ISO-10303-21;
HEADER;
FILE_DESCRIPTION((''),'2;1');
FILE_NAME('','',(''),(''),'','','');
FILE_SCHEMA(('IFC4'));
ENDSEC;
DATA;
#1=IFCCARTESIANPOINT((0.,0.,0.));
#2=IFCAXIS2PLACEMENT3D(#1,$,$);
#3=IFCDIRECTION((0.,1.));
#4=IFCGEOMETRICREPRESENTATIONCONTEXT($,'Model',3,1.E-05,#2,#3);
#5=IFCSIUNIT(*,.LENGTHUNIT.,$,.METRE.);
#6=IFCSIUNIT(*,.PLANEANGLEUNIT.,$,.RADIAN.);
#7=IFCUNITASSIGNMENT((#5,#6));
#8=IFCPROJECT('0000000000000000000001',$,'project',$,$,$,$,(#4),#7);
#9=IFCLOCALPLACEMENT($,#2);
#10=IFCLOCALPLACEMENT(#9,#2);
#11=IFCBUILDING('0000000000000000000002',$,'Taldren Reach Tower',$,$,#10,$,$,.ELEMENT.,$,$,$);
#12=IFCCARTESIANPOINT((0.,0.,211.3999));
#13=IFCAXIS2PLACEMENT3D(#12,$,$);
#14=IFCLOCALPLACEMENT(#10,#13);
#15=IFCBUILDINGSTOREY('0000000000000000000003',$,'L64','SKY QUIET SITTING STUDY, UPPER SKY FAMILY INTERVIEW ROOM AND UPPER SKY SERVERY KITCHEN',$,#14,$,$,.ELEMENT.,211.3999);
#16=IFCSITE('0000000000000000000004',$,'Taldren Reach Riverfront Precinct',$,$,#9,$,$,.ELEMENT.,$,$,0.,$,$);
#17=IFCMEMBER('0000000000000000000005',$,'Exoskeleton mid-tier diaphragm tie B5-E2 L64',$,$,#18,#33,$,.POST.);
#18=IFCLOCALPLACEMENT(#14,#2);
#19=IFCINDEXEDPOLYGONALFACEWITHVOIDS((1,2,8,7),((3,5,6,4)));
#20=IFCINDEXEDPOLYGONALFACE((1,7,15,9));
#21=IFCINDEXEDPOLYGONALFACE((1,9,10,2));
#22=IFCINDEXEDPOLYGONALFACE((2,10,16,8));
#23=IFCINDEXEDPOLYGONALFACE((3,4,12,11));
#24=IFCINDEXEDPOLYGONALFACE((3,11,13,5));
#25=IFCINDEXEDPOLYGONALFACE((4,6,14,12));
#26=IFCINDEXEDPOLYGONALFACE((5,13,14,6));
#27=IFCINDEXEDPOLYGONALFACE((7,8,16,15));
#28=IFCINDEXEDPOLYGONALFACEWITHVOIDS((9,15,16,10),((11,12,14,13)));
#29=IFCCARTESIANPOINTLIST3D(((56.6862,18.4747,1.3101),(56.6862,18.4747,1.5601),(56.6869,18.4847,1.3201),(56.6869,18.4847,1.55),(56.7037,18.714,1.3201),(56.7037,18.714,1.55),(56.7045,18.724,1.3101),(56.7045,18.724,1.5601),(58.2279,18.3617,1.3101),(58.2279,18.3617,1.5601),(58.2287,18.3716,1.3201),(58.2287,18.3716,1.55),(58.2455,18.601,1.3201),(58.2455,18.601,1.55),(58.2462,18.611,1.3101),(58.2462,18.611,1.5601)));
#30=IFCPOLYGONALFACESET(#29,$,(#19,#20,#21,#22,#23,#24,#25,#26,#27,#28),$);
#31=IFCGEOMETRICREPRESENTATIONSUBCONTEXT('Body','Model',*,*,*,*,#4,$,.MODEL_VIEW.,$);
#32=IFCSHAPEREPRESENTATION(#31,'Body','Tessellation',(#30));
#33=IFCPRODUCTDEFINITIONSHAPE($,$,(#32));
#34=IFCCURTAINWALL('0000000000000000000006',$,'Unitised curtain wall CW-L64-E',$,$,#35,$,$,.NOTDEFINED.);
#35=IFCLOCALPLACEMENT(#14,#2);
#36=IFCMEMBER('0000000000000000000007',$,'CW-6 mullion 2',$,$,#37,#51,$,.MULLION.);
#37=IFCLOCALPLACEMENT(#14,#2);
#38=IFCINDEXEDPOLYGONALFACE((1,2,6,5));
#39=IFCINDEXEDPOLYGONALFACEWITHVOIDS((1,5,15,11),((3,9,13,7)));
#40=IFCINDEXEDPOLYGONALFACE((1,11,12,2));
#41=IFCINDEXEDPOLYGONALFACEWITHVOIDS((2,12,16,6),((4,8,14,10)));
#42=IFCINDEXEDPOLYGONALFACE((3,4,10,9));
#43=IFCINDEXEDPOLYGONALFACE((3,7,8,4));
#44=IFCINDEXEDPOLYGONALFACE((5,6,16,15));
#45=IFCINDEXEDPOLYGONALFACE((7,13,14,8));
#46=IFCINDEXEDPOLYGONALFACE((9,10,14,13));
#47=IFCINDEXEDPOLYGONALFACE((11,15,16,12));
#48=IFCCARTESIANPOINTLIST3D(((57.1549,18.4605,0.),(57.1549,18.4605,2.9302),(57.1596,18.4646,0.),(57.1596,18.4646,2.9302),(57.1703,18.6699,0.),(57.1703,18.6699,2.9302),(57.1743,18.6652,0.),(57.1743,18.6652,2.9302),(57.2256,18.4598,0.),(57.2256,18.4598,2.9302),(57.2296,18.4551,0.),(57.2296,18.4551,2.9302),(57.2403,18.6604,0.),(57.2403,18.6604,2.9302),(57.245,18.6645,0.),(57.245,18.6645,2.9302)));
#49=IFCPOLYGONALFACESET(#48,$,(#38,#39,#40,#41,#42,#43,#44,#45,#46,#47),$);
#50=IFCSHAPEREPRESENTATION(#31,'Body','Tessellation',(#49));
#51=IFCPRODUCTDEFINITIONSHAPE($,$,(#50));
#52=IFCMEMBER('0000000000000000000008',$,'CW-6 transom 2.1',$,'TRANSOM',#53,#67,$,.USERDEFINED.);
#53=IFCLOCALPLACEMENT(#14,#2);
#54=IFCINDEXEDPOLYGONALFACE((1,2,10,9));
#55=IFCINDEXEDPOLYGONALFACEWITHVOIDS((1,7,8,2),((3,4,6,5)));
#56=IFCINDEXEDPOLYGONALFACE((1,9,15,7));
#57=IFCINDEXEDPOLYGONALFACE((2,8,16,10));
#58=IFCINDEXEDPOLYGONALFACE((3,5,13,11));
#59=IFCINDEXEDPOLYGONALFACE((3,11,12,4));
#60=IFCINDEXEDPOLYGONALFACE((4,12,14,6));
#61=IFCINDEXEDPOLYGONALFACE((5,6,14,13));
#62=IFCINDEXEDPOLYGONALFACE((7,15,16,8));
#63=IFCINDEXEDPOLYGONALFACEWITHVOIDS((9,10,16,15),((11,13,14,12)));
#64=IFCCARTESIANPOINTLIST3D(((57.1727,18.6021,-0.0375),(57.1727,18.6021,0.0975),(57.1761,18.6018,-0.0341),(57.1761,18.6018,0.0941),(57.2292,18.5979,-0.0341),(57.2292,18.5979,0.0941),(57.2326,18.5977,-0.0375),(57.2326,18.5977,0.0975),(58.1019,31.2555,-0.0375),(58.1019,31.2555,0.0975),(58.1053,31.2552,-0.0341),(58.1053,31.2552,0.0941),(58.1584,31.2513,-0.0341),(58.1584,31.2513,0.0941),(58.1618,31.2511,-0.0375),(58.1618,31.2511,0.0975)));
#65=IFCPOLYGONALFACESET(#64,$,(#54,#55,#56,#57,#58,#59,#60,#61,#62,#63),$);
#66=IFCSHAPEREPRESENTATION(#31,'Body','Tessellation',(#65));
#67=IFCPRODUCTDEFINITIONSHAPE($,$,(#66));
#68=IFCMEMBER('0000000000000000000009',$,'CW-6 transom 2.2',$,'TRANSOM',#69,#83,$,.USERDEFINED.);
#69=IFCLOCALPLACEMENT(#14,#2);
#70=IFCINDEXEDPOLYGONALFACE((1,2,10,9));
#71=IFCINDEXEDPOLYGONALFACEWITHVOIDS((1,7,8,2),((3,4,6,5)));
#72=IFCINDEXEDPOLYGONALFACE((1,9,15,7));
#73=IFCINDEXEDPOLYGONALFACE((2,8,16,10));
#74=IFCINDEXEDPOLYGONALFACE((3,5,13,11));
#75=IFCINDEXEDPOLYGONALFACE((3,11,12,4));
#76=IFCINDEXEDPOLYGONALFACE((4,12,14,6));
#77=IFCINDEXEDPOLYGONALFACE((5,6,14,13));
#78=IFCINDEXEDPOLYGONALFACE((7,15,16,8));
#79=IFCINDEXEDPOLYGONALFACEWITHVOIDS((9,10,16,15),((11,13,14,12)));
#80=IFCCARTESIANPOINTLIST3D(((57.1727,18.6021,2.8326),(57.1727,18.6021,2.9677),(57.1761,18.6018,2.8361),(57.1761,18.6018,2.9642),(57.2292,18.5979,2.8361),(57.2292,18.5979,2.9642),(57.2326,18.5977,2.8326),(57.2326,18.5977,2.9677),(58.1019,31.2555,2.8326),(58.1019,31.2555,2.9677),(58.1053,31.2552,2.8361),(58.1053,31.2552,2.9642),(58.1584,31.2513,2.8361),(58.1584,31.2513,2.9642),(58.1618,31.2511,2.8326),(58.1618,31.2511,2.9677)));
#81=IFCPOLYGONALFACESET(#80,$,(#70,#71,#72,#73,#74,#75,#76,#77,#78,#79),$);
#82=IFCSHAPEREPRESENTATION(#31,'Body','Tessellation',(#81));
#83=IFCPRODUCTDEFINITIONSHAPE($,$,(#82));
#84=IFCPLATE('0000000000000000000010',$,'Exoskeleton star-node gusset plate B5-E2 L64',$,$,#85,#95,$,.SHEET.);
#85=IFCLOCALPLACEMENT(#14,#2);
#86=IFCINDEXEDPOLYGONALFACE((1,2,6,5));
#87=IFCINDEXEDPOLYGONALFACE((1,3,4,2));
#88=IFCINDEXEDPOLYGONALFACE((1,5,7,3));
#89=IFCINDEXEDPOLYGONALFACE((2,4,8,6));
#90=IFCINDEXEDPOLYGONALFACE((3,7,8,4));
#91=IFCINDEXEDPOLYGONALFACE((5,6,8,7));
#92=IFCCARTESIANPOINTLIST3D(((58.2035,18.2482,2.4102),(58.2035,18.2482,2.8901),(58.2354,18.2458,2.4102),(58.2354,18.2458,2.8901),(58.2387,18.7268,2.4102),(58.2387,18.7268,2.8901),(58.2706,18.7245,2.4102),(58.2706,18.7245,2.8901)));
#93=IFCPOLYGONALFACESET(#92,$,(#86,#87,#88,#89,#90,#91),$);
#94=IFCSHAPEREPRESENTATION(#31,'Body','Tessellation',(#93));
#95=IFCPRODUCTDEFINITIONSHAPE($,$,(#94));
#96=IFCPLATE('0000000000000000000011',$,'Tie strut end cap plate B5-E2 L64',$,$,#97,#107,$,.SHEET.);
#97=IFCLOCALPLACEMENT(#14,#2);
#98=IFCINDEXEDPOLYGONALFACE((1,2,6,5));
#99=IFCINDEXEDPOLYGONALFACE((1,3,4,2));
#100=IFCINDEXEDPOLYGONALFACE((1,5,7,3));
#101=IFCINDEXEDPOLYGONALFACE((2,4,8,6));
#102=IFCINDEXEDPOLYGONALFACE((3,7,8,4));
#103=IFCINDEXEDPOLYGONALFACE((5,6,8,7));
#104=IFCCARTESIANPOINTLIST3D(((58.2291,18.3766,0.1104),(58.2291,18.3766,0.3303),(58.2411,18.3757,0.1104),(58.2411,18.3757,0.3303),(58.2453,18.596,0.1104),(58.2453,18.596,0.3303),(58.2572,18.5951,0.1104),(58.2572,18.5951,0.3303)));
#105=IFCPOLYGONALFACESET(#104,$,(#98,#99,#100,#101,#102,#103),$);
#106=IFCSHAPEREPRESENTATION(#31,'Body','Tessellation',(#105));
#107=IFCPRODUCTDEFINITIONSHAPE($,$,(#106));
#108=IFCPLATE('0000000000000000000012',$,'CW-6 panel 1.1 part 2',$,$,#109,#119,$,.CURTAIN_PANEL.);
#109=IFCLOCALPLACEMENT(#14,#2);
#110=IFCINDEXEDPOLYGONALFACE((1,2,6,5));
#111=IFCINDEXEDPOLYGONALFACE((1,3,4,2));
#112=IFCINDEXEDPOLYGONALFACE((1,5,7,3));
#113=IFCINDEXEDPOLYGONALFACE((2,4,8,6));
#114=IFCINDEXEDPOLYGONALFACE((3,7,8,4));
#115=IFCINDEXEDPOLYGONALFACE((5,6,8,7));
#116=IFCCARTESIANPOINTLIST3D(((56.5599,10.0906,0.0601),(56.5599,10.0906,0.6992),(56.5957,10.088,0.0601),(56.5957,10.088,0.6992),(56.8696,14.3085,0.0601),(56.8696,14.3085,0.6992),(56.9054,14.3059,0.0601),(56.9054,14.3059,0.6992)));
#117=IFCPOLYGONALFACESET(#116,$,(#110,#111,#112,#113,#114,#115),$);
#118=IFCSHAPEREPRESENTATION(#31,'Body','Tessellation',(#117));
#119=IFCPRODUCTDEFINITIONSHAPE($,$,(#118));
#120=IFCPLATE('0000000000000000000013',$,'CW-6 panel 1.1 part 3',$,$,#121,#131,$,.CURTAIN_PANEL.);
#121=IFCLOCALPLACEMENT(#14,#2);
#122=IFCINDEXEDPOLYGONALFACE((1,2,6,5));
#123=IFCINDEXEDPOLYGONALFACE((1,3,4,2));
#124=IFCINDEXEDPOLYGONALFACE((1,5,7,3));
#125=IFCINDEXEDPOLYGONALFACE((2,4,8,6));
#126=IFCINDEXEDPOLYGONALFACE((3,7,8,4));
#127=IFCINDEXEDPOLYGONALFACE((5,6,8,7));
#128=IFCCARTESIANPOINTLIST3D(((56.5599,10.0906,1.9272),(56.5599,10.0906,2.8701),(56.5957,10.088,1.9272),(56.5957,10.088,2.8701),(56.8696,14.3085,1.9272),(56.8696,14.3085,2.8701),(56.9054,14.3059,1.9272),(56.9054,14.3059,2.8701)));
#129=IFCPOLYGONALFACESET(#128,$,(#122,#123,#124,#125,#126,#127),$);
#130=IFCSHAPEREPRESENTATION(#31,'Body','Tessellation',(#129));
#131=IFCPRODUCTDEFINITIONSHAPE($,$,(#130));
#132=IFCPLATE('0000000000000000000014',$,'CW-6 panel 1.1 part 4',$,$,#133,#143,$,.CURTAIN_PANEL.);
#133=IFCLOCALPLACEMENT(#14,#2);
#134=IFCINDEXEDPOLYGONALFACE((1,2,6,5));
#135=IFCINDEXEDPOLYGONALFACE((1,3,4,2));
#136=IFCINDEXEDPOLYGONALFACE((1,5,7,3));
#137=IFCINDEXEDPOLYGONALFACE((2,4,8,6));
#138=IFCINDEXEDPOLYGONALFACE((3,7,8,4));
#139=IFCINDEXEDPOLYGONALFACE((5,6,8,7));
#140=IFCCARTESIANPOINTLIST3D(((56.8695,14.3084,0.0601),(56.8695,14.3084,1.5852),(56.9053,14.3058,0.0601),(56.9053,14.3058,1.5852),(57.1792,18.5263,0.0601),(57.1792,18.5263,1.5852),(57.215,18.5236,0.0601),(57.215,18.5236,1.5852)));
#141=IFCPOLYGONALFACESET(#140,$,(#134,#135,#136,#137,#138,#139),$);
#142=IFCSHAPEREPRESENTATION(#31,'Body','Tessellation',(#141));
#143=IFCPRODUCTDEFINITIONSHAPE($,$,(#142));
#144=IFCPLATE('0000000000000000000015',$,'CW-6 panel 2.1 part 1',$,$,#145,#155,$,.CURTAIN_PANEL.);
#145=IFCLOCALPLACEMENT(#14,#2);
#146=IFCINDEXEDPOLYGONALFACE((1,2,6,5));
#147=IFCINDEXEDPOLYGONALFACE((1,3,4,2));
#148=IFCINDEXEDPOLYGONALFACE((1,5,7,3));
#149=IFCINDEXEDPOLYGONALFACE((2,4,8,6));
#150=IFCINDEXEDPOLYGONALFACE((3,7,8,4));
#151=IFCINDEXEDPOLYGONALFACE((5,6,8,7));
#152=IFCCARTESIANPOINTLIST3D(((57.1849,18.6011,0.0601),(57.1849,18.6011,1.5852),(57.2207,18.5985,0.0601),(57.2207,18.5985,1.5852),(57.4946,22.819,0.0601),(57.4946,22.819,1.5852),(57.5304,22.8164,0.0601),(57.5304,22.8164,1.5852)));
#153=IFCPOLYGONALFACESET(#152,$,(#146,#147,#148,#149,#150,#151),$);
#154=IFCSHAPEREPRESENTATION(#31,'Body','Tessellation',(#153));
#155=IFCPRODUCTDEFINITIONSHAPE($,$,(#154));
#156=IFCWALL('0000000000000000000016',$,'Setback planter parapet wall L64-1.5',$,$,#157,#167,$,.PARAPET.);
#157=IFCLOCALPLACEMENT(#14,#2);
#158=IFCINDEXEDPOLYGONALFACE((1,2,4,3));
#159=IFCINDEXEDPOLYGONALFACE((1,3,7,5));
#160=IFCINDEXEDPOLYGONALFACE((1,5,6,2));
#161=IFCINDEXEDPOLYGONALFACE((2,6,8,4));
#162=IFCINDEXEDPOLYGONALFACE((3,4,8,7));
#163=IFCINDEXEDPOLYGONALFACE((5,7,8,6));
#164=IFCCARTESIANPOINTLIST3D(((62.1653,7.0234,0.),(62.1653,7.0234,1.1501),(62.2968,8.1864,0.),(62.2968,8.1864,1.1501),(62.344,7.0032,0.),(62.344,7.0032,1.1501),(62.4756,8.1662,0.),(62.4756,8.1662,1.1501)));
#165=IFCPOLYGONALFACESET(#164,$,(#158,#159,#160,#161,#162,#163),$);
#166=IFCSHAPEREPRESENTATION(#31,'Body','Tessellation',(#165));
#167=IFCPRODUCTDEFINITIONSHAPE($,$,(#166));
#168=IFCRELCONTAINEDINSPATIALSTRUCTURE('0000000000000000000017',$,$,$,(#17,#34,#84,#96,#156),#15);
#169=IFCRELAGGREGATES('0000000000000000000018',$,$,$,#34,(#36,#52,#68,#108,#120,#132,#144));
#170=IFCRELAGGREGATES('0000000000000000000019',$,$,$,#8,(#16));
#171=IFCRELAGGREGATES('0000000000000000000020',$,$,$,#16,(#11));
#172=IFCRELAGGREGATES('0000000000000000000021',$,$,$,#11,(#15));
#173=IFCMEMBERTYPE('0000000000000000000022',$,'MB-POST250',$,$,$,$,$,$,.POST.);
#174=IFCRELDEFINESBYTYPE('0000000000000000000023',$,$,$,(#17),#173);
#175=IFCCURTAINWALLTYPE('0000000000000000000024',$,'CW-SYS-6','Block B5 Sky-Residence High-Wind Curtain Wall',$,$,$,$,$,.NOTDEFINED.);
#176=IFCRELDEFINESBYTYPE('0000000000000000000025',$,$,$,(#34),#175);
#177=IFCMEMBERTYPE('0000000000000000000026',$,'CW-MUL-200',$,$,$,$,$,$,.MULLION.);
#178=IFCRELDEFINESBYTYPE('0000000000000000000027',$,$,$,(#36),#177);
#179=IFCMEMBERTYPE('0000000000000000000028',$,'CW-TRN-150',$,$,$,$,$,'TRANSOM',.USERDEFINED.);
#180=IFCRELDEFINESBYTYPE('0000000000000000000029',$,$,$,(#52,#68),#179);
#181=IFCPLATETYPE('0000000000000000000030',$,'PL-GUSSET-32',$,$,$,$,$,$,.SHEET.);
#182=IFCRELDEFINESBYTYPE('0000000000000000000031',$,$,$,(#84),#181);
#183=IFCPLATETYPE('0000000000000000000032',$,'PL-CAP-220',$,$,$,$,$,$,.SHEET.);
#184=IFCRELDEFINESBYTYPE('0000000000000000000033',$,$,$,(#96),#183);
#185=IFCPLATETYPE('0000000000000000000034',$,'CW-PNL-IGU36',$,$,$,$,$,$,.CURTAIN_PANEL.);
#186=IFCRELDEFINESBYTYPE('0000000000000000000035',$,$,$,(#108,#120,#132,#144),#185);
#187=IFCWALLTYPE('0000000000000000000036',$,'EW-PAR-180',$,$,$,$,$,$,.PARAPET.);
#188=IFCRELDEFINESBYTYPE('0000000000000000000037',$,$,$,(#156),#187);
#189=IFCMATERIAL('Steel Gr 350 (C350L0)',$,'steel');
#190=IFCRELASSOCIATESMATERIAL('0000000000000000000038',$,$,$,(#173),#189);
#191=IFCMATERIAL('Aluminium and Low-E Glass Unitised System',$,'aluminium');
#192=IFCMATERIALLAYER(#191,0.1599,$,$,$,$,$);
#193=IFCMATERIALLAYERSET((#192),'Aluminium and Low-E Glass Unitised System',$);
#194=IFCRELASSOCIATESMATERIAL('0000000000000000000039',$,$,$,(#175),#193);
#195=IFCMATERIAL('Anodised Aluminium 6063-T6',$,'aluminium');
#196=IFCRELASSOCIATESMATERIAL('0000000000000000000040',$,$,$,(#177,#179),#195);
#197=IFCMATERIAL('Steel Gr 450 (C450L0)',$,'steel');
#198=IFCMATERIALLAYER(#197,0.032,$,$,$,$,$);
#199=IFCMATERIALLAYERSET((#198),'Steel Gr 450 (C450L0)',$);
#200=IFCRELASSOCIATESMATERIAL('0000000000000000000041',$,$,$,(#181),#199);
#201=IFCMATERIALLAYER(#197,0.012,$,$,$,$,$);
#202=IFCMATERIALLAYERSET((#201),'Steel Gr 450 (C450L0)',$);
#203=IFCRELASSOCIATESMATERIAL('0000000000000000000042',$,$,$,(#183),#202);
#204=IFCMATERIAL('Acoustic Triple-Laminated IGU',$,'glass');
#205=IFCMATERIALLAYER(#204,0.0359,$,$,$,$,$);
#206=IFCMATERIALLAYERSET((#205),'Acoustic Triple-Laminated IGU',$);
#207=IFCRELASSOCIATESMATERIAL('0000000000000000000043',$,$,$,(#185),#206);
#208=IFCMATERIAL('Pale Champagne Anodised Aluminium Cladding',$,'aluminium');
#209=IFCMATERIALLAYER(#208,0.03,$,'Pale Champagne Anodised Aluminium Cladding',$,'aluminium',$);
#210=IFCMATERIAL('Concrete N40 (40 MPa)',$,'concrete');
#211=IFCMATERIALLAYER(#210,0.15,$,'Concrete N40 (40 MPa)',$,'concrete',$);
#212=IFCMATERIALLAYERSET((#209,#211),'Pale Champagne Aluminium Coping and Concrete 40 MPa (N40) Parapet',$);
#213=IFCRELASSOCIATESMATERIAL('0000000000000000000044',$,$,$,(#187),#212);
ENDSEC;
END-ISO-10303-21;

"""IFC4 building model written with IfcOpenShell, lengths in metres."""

from ifc_helpers import new_model, si_unit, direction, frame, frame_2d, origin, origin_2d, place, context, subcontext, project, spatial, rectangle, hollow_rectangle, extrude, source, transform, mapped, material, layer, layer_set, material_profile, profile_set, type_object, element, aggregate, save


model = new_model("IFC4")

# Units and contexts
model_context = context("Model", 3, precision=1e-05, world=origin(), true_north=direction((0.0, 1.0)))
body_context = subcontext(model_context, "Body", "Model", "MODEL_VIEW")
ifc_project = project(units=[si_unit("LENGTHUNIT", "METRE"), si_unit("PLANEANGLEUNIT", "RADIAN")], contexts=[model_context])

# Site, building, storey
site_placement = place(None, origin())
site = spatial("IfcSite", under=ifc_project, at=site_placement, Name="Taldren Reach Riverfront Precinct", CompositionType="ELEMENT", RefElevation=0.0)
building_placement = place(site_placement, origin())
building = spatial("IfcBuilding", under=site, at=building_placement, Name="Taldren Reach Tower", CompositionType="ELEMENT")
storey_placement = place(building_placement, frame((0.0, 0.0, 211.3999)))
storey = spatial("IfcBuildingStorey", under=building, at=storey_placement, Name="L64", Description="SKY QUIET SITTING STUDY, UPPER SKY FAMILY INTERVIEW ROOM AND UPPER SKY SERVERY KITCHEN", CompositionType="ELEMENT", Elevation=211.3999)

# Member
ifc_material_1 = material(Name="Steel Gr 450 (C450L0)", Category="steel")
ifc_material_2 = material(Name="Steel Gr 350 (C350L0)", Category="steel")
ifc_material_profile_1 = material_profile(ifc_material_2, hollow_rectangle(XDim=0.25, YDim=0.25, WallThickness=0.01, at=origin_2d()), Name="250x250x10.0SHS")
ifc_profile_set_1 = profile_set([ifc_material_profile_1], Name="Steel Gr 350 (C350L0)")
member_type_1 = type_object("IfcMemberType", Name="MB-POST250", PredefinedType="POST", material=ifc_profile_set_1)
shared_shape_1 = source(origin(), body_context, "Body", "SweptSolid", [
    extrude(hollow_rectangle(XDim=0.25, YDim=0.25, WallThickness=0.01, at=origin_2d()), origin(), (0.0, 0.0, 1.0), 1.5459),
])
member_1_placement = place(storey_placement, frame((56.6953, 18.5994, 1.4351), z_axis=(0.997323, -0.073121, 0.0), x_axis=(0.073121, 0.997323, 0.0)))
element("IfcMember", 1, at=member_1_placement, inside=storey, type_object=member_type_1, Name="Exoskeleton mid-tier diaphragm tie B5-E2 L64", PredefinedType="POST", context=body_context, shape_type="MappedRepresentation", body=[
    mapped(shared_shape_1, transform((0.0, 0.0, 0.0), scale=1.0)),
])

# Curtain wall, members
ifc_material_3 = material(Name="Aluminium and Low-E Glass Unitised System", Category="aluminium")
ifc_layer_1 = layer(ifc_material_3, 0.1599)
ifc_layer_set_1 = layer_set([ifc_layer_1], Name="Aluminium and Low-E Glass Unitised System")
curtain_wall_type = type_object("IfcCurtainWallType", Name="CW-SYS-6", Description="Block B5 Sky-Residence High-Wind Curtain Wall", PredefinedType="NOTDEFINED", material=ifc_layer_set_1)
curtain_wall_placement = place(storey_placement, origin())
curtain_wall = element("IfcCurtainWall", 2, at=curtain_wall_placement, inside=storey, type_object=curtain_wall_type, Name="Unitised curtain wall CW-L64-E", PredefinedType="NOTDEFINED")
ifc_material_4 = material(Name="Anodised Aluminium 6063-T6", Category="aluminium")
ifc_material_profile_2 = material_profile(ifc_material_4, hollow_rectangle(XDim=0.075, YDim=0.21, WallThickness=0.0044, at=origin_2d()), Name="ALU-210x75x4.5RHS")
ifc_profile_set_2 = profile_set([ifc_material_profile_2], Name="Anodised Aluminium 6063-T6")
member_type_2 = type_object("IfcMemberType", Name="CW-MUL-200", PredefinedType="MULLION", material=ifc_profile_set_2)
shared_shape_2 = source(origin(), body_context, "Body", "SweptSolid", [
    extrude(hollow_rectangle(XDim=0.075, YDim=0.21, WallThickness=0.0044, at=origin_2d()), origin(), (0.0, 0.0, 1.0), 2.9302),
])
member_2_placement = place(storey_placement, frame((57.2, 18.5625, 0.0), z_axis=(0.0, 0.0, 1.0), x_axis=(-0.997314, 0.073238, 0.0)))
member_2 = element("IfcMember", 3, at=member_2_placement, type_object=member_type_2, Name="CW-6 mullion 2", PredefinedType="MULLION", context=body_context, shape_type="MappedRepresentation", body=[
    mapped(shared_shape_2, transform((0.0, 0.0, 0.0), scale=1.0)),
])
ifc_material_profile_3 = material_profile(ifc_material_4, hollow_rectangle(XDim=0.0601, YDim=0.135, WallThickness=0.0034, at=origin_2d()), Name="ALU-135x60x3.5RHS")
ifc_profile_set_3 = profile_set([ifc_material_profile_3], Name="Anodised Aluminium 6063-T6")
member_type_3 = type_object("IfcMemberType", Name="CW-TRN-150", ElementType="TRANSOM", PredefinedType="USERDEFINED", material=ifc_profile_set_3)
shared_shape_3 = source(origin(), body_context, "Body", "SweptSolid", [
    extrude(hollow_rectangle(XDim=0.0601, YDim=0.135, WallThickness=0.0034, at=origin_2d()), origin(), (0.0, 0.0, 1.0), 12.6875),
])
member_3_placement = place(storey_placement, frame((57.2026, 18.5999, 0.03), z_axis=(0.073238, 0.997314, 0.0), x_axis=(-0.997314, 0.073238, 0.0)))
member_3 = element("IfcMember", 4, at=member_3_placement, type_object=member_type_3, Name="CW-6 transom 2.1", ObjectType="TRANSOM", PredefinedType="USERDEFINED", context=body_context, shape_type="MappedRepresentation", body=[
    mapped(shared_shape_3, transform((0.0, 0.0, 0.0), scale=1.0)),
])
member_4_placement = place(storey_placement, frame((57.2026, 18.5999, 2.9001), z_axis=(0.073238, 0.997314, 0.0), x_axis=(-0.997314, 0.073238, 0.0)))
member_4 = element("IfcMember", 5, at=member_4_placement, type_object=member_type_3, Name="CW-6 transom 2.2", ObjectType="TRANSOM", PredefinedType="USERDEFINED", context=body_context, shape_type="MappedRepresentation", body=[
    mapped(shared_shape_3, transform((0.0, 0.0, 0.0), scale=1.0)),
])

# Plates
ifc_layer_2 = layer(ifc_material_1, 0.032)
ifc_layer_set_2 = layer_set([ifc_layer_2], Name="Steel Gr 450 (C450L0)")
plate_type_1 = type_object("IfcPlateType", Name="PL-GUSSET-32", PredefinedType="SHEET", material=ifc_layer_set_2)
shared_shape_4 = source(origin(), body_context, "Body", "SweptSolid", [
    extrude(rectangle(XDim=0.48, YDim=0.032, at=origin_2d()), origin(), (0.0, 0.0, 1.0), 0.48),
])
plate_1_placement = place(storey_placement, frame((58.2371, 18.4863, 2.4102), z_axis=(0.0, 0.0, 1.0), x_axis=(0.073238, 0.997314, 0.0)))
element("IfcPlate", 6, at=plate_1_placement, inside=storey, type_object=plate_type_1, Name="Exoskeleton star-node gusset plate B5-E2 L64", PredefinedType="SHEET", context=body_context, shape_type="MappedRepresentation", body=[
    mapped(shared_shape_4, transform((0.0, 0.0, 0.0), scale=1.0)),
])
ifc_layer_3 = layer(ifc_material_1, 0.012)
ifc_layer_set_3 = layer_set([ifc_layer_3], Name="Steel Gr 450 (C450L0)")
plate_type_2 = type_object("IfcPlateType", Name="PL-CAP-220", PredefinedType="SHEET", material=ifc_layer_set_3)
shared_shape_5 = source(origin(), body_context, "Body", "SweptSolid", [
    extrude(rectangle(XDim=0.012, YDim=0.22, at=origin_2d()), origin(), (0.0, 0.0, 1.0), 0.22),
])
plate_2_placement = place(storey_placement, frame((58.2432, 18.4858, 0.1104), z_axis=(0.0, 0.0, 1.0), x_axis=(0.997314, -0.073238, 0.0)))
element("IfcPlate", 7, at=plate_2_placement, inside=storey, type_object=plate_type_2, Name="Tie strut end cap plate B5-E2 L64", PredefinedType="SHEET", context=body_context, shape_type="MappedRepresentation", body=[
    mapped(shared_shape_5, transform((0.0, 0.0, 0.0), scale=1.0)),
])

# Plates
ifc_material_5 = material(Name="Acoustic Triple-Laminated IGU", Category="glass")
ifc_layer_4 = layer(ifc_material_5, 0.0359)
ifc_layer_set_4 = layer_set([ifc_layer_4], Name="Acoustic Triple-Laminated IGU")
plate_type_3 = type_object("IfcPlateType", Name="CW-PNL-IGU36", PredefinedType="CURTAIN_PANEL", material=ifc_layer_set_4)
shared_shape_6 = source(origin(), body_context, "Body", "SweptSolid", [
    extrude(rectangle(XDim=4.2292, YDim=0.0359, at=origin_2d()), origin(), (0.0, 0.0, 1.0), 0.6392),
])
plate_3_placement = place(storey_placement, frame((56.7327, 12.1982, 0.0601), z_axis=(0.0, 0.0, 1.0), x_axis=(0.073238, 0.997314, 0.0)))
plate_3 = element("IfcPlate", 8, at=plate_3_placement, type_object=plate_type_3, Name="CW-6 panel 1.1 part 2", PredefinedType="CURTAIN_PANEL", context=body_context, shape_type="MappedRepresentation", body=[
    mapped(shared_shape_6, transform((0.0, 0.0, 0.0), scale=1.0)),
])
shared_shape_7 = source(origin(), body_context, "Body", "SweptSolid", [
    extrude(rectangle(XDim=4.2292, YDim=0.0359, at=origin_2d()), origin(), (0.0, 0.0, 1.0), 0.9429),
])
plate_4_placement = place(storey_placement, frame((56.7327, 12.1982, 1.9272), z_axis=(0.0, 0.0, 1.0), x_axis=(0.073238, 0.997314, 0.0)))
plate_4 = element("IfcPlate", 9, at=plate_4_placement, type_object=plate_type_3, Name="CW-6 panel 1.1 part 3", PredefinedType="CURTAIN_PANEL", context=body_context, shape_type="MappedRepresentation", body=[
    mapped(shared_shape_7, transform((0.0, 0.0, 0.0), scale=1.0)),
])
shared_shape_8 = source(origin(), body_context, "Body", "SweptSolid", [
    extrude(rectangle(XDim=4.2292, YDim=0.0359, at=origin_2d()), origin(), (0.0, 0.0, 1.0), 1.5251),
])
plate_5_placement = place(storey_placement, frame((57.0422, 16.416, 0.0601), z_axis=(0.0, 0.0, 1.0), x_axis=(0.073238, 0.997314, 0.0)))
plate_5 = element("IfcPlate", 10, at=plate_5_placement, type_object=plate_type_3, Name="CW-6 panel 1.1 part 4", PredefinedType="CURTAIN_PANEL", context=body_context, shape_type="MappedRepresentation", body=[
    mapped(shared_shape_8, transform((0.0, 0.0, 0.0), scale=1.0)),
])
plate_6_placement = place(storey_placement, frame((57.3577, 20.7087, 0.0601), z_axis=(0.0, 0.0, 1.0), x_axis=(0.073238, 0.997314, 0.0)))
plate_6 = element("IfcPlate", 11, at=plate_6_placement, type_object=plate_type_3, Name="CW-6 panel 2.1 part 1", PredefinedType="CURTAIN_PANEL", context=body_context, shape_type="MappedRepresentation", body=[
    mapped(shared_shape_8, transform((0.0, 0.0, 0.0), scale=1.0)),
])
aggregate(curtain_wall, [member_2, member_3, member_4, plate_3, plate_4, plate_5, plate_6])

# Wall
ifc_material_6 = material(Name="Pale Champagne Anodised Aluminium Cladding", Category="aluminium")
ifc_layer_5 = layer(ifc_material_6, 0.03, Name="Pale Champagne Anodised Aluminium Cladding", Category="aluminium")
ifc_material_7 = material(Name="Concrete N40 (40 MPa)", Category="concrete")
ifc_layer_6 = layer(ifc_material_7, 0.15, Name="Concrete N40 (40 MPa)", Category="concrete")
ifc_layer_set_5 = layer_set([ifc_layer_5, ifc_layer_6], Name="Pale Champagne Aluminium Coping and Concrete 40 MPa (N40) Parapet")
wall_type_1 = type_object("IfcWallType", Name="EW-PAR-180", PredefinedType="PARAPET", material=ifc_layer_set_5)
shared_shape_9 = source(origin(), body_context, "Body", "SweptSolid", [
    extrude(rectangle(XDim=1.1704, YDim=0.1799, at=frame_2d((0.5852, 0.0))), origin(), (0.0, 0.0, 1.0), 1.1501),
])
wall_1_placement = place(storey_placement, frame((62.3862, 8.1763, 0.0), z_axis=(0.0, 0.0, 1.0), x_axis=(-0.112423, -0.99366, 0.0)))
element("IfcWall", 12, at=wall_1_placement, inside=storey, type_object=wall_type_1, Name="Setback planter parapet wall L64-1.5", PredefinedType="PARAPET", context=body_context, shape_type="MappedRepresentation", body=[
    mapped(shared_shape_9, transform((0.0, 0.0, 0.0), scale=1.0)),
])

save(model, "model.ifc")
